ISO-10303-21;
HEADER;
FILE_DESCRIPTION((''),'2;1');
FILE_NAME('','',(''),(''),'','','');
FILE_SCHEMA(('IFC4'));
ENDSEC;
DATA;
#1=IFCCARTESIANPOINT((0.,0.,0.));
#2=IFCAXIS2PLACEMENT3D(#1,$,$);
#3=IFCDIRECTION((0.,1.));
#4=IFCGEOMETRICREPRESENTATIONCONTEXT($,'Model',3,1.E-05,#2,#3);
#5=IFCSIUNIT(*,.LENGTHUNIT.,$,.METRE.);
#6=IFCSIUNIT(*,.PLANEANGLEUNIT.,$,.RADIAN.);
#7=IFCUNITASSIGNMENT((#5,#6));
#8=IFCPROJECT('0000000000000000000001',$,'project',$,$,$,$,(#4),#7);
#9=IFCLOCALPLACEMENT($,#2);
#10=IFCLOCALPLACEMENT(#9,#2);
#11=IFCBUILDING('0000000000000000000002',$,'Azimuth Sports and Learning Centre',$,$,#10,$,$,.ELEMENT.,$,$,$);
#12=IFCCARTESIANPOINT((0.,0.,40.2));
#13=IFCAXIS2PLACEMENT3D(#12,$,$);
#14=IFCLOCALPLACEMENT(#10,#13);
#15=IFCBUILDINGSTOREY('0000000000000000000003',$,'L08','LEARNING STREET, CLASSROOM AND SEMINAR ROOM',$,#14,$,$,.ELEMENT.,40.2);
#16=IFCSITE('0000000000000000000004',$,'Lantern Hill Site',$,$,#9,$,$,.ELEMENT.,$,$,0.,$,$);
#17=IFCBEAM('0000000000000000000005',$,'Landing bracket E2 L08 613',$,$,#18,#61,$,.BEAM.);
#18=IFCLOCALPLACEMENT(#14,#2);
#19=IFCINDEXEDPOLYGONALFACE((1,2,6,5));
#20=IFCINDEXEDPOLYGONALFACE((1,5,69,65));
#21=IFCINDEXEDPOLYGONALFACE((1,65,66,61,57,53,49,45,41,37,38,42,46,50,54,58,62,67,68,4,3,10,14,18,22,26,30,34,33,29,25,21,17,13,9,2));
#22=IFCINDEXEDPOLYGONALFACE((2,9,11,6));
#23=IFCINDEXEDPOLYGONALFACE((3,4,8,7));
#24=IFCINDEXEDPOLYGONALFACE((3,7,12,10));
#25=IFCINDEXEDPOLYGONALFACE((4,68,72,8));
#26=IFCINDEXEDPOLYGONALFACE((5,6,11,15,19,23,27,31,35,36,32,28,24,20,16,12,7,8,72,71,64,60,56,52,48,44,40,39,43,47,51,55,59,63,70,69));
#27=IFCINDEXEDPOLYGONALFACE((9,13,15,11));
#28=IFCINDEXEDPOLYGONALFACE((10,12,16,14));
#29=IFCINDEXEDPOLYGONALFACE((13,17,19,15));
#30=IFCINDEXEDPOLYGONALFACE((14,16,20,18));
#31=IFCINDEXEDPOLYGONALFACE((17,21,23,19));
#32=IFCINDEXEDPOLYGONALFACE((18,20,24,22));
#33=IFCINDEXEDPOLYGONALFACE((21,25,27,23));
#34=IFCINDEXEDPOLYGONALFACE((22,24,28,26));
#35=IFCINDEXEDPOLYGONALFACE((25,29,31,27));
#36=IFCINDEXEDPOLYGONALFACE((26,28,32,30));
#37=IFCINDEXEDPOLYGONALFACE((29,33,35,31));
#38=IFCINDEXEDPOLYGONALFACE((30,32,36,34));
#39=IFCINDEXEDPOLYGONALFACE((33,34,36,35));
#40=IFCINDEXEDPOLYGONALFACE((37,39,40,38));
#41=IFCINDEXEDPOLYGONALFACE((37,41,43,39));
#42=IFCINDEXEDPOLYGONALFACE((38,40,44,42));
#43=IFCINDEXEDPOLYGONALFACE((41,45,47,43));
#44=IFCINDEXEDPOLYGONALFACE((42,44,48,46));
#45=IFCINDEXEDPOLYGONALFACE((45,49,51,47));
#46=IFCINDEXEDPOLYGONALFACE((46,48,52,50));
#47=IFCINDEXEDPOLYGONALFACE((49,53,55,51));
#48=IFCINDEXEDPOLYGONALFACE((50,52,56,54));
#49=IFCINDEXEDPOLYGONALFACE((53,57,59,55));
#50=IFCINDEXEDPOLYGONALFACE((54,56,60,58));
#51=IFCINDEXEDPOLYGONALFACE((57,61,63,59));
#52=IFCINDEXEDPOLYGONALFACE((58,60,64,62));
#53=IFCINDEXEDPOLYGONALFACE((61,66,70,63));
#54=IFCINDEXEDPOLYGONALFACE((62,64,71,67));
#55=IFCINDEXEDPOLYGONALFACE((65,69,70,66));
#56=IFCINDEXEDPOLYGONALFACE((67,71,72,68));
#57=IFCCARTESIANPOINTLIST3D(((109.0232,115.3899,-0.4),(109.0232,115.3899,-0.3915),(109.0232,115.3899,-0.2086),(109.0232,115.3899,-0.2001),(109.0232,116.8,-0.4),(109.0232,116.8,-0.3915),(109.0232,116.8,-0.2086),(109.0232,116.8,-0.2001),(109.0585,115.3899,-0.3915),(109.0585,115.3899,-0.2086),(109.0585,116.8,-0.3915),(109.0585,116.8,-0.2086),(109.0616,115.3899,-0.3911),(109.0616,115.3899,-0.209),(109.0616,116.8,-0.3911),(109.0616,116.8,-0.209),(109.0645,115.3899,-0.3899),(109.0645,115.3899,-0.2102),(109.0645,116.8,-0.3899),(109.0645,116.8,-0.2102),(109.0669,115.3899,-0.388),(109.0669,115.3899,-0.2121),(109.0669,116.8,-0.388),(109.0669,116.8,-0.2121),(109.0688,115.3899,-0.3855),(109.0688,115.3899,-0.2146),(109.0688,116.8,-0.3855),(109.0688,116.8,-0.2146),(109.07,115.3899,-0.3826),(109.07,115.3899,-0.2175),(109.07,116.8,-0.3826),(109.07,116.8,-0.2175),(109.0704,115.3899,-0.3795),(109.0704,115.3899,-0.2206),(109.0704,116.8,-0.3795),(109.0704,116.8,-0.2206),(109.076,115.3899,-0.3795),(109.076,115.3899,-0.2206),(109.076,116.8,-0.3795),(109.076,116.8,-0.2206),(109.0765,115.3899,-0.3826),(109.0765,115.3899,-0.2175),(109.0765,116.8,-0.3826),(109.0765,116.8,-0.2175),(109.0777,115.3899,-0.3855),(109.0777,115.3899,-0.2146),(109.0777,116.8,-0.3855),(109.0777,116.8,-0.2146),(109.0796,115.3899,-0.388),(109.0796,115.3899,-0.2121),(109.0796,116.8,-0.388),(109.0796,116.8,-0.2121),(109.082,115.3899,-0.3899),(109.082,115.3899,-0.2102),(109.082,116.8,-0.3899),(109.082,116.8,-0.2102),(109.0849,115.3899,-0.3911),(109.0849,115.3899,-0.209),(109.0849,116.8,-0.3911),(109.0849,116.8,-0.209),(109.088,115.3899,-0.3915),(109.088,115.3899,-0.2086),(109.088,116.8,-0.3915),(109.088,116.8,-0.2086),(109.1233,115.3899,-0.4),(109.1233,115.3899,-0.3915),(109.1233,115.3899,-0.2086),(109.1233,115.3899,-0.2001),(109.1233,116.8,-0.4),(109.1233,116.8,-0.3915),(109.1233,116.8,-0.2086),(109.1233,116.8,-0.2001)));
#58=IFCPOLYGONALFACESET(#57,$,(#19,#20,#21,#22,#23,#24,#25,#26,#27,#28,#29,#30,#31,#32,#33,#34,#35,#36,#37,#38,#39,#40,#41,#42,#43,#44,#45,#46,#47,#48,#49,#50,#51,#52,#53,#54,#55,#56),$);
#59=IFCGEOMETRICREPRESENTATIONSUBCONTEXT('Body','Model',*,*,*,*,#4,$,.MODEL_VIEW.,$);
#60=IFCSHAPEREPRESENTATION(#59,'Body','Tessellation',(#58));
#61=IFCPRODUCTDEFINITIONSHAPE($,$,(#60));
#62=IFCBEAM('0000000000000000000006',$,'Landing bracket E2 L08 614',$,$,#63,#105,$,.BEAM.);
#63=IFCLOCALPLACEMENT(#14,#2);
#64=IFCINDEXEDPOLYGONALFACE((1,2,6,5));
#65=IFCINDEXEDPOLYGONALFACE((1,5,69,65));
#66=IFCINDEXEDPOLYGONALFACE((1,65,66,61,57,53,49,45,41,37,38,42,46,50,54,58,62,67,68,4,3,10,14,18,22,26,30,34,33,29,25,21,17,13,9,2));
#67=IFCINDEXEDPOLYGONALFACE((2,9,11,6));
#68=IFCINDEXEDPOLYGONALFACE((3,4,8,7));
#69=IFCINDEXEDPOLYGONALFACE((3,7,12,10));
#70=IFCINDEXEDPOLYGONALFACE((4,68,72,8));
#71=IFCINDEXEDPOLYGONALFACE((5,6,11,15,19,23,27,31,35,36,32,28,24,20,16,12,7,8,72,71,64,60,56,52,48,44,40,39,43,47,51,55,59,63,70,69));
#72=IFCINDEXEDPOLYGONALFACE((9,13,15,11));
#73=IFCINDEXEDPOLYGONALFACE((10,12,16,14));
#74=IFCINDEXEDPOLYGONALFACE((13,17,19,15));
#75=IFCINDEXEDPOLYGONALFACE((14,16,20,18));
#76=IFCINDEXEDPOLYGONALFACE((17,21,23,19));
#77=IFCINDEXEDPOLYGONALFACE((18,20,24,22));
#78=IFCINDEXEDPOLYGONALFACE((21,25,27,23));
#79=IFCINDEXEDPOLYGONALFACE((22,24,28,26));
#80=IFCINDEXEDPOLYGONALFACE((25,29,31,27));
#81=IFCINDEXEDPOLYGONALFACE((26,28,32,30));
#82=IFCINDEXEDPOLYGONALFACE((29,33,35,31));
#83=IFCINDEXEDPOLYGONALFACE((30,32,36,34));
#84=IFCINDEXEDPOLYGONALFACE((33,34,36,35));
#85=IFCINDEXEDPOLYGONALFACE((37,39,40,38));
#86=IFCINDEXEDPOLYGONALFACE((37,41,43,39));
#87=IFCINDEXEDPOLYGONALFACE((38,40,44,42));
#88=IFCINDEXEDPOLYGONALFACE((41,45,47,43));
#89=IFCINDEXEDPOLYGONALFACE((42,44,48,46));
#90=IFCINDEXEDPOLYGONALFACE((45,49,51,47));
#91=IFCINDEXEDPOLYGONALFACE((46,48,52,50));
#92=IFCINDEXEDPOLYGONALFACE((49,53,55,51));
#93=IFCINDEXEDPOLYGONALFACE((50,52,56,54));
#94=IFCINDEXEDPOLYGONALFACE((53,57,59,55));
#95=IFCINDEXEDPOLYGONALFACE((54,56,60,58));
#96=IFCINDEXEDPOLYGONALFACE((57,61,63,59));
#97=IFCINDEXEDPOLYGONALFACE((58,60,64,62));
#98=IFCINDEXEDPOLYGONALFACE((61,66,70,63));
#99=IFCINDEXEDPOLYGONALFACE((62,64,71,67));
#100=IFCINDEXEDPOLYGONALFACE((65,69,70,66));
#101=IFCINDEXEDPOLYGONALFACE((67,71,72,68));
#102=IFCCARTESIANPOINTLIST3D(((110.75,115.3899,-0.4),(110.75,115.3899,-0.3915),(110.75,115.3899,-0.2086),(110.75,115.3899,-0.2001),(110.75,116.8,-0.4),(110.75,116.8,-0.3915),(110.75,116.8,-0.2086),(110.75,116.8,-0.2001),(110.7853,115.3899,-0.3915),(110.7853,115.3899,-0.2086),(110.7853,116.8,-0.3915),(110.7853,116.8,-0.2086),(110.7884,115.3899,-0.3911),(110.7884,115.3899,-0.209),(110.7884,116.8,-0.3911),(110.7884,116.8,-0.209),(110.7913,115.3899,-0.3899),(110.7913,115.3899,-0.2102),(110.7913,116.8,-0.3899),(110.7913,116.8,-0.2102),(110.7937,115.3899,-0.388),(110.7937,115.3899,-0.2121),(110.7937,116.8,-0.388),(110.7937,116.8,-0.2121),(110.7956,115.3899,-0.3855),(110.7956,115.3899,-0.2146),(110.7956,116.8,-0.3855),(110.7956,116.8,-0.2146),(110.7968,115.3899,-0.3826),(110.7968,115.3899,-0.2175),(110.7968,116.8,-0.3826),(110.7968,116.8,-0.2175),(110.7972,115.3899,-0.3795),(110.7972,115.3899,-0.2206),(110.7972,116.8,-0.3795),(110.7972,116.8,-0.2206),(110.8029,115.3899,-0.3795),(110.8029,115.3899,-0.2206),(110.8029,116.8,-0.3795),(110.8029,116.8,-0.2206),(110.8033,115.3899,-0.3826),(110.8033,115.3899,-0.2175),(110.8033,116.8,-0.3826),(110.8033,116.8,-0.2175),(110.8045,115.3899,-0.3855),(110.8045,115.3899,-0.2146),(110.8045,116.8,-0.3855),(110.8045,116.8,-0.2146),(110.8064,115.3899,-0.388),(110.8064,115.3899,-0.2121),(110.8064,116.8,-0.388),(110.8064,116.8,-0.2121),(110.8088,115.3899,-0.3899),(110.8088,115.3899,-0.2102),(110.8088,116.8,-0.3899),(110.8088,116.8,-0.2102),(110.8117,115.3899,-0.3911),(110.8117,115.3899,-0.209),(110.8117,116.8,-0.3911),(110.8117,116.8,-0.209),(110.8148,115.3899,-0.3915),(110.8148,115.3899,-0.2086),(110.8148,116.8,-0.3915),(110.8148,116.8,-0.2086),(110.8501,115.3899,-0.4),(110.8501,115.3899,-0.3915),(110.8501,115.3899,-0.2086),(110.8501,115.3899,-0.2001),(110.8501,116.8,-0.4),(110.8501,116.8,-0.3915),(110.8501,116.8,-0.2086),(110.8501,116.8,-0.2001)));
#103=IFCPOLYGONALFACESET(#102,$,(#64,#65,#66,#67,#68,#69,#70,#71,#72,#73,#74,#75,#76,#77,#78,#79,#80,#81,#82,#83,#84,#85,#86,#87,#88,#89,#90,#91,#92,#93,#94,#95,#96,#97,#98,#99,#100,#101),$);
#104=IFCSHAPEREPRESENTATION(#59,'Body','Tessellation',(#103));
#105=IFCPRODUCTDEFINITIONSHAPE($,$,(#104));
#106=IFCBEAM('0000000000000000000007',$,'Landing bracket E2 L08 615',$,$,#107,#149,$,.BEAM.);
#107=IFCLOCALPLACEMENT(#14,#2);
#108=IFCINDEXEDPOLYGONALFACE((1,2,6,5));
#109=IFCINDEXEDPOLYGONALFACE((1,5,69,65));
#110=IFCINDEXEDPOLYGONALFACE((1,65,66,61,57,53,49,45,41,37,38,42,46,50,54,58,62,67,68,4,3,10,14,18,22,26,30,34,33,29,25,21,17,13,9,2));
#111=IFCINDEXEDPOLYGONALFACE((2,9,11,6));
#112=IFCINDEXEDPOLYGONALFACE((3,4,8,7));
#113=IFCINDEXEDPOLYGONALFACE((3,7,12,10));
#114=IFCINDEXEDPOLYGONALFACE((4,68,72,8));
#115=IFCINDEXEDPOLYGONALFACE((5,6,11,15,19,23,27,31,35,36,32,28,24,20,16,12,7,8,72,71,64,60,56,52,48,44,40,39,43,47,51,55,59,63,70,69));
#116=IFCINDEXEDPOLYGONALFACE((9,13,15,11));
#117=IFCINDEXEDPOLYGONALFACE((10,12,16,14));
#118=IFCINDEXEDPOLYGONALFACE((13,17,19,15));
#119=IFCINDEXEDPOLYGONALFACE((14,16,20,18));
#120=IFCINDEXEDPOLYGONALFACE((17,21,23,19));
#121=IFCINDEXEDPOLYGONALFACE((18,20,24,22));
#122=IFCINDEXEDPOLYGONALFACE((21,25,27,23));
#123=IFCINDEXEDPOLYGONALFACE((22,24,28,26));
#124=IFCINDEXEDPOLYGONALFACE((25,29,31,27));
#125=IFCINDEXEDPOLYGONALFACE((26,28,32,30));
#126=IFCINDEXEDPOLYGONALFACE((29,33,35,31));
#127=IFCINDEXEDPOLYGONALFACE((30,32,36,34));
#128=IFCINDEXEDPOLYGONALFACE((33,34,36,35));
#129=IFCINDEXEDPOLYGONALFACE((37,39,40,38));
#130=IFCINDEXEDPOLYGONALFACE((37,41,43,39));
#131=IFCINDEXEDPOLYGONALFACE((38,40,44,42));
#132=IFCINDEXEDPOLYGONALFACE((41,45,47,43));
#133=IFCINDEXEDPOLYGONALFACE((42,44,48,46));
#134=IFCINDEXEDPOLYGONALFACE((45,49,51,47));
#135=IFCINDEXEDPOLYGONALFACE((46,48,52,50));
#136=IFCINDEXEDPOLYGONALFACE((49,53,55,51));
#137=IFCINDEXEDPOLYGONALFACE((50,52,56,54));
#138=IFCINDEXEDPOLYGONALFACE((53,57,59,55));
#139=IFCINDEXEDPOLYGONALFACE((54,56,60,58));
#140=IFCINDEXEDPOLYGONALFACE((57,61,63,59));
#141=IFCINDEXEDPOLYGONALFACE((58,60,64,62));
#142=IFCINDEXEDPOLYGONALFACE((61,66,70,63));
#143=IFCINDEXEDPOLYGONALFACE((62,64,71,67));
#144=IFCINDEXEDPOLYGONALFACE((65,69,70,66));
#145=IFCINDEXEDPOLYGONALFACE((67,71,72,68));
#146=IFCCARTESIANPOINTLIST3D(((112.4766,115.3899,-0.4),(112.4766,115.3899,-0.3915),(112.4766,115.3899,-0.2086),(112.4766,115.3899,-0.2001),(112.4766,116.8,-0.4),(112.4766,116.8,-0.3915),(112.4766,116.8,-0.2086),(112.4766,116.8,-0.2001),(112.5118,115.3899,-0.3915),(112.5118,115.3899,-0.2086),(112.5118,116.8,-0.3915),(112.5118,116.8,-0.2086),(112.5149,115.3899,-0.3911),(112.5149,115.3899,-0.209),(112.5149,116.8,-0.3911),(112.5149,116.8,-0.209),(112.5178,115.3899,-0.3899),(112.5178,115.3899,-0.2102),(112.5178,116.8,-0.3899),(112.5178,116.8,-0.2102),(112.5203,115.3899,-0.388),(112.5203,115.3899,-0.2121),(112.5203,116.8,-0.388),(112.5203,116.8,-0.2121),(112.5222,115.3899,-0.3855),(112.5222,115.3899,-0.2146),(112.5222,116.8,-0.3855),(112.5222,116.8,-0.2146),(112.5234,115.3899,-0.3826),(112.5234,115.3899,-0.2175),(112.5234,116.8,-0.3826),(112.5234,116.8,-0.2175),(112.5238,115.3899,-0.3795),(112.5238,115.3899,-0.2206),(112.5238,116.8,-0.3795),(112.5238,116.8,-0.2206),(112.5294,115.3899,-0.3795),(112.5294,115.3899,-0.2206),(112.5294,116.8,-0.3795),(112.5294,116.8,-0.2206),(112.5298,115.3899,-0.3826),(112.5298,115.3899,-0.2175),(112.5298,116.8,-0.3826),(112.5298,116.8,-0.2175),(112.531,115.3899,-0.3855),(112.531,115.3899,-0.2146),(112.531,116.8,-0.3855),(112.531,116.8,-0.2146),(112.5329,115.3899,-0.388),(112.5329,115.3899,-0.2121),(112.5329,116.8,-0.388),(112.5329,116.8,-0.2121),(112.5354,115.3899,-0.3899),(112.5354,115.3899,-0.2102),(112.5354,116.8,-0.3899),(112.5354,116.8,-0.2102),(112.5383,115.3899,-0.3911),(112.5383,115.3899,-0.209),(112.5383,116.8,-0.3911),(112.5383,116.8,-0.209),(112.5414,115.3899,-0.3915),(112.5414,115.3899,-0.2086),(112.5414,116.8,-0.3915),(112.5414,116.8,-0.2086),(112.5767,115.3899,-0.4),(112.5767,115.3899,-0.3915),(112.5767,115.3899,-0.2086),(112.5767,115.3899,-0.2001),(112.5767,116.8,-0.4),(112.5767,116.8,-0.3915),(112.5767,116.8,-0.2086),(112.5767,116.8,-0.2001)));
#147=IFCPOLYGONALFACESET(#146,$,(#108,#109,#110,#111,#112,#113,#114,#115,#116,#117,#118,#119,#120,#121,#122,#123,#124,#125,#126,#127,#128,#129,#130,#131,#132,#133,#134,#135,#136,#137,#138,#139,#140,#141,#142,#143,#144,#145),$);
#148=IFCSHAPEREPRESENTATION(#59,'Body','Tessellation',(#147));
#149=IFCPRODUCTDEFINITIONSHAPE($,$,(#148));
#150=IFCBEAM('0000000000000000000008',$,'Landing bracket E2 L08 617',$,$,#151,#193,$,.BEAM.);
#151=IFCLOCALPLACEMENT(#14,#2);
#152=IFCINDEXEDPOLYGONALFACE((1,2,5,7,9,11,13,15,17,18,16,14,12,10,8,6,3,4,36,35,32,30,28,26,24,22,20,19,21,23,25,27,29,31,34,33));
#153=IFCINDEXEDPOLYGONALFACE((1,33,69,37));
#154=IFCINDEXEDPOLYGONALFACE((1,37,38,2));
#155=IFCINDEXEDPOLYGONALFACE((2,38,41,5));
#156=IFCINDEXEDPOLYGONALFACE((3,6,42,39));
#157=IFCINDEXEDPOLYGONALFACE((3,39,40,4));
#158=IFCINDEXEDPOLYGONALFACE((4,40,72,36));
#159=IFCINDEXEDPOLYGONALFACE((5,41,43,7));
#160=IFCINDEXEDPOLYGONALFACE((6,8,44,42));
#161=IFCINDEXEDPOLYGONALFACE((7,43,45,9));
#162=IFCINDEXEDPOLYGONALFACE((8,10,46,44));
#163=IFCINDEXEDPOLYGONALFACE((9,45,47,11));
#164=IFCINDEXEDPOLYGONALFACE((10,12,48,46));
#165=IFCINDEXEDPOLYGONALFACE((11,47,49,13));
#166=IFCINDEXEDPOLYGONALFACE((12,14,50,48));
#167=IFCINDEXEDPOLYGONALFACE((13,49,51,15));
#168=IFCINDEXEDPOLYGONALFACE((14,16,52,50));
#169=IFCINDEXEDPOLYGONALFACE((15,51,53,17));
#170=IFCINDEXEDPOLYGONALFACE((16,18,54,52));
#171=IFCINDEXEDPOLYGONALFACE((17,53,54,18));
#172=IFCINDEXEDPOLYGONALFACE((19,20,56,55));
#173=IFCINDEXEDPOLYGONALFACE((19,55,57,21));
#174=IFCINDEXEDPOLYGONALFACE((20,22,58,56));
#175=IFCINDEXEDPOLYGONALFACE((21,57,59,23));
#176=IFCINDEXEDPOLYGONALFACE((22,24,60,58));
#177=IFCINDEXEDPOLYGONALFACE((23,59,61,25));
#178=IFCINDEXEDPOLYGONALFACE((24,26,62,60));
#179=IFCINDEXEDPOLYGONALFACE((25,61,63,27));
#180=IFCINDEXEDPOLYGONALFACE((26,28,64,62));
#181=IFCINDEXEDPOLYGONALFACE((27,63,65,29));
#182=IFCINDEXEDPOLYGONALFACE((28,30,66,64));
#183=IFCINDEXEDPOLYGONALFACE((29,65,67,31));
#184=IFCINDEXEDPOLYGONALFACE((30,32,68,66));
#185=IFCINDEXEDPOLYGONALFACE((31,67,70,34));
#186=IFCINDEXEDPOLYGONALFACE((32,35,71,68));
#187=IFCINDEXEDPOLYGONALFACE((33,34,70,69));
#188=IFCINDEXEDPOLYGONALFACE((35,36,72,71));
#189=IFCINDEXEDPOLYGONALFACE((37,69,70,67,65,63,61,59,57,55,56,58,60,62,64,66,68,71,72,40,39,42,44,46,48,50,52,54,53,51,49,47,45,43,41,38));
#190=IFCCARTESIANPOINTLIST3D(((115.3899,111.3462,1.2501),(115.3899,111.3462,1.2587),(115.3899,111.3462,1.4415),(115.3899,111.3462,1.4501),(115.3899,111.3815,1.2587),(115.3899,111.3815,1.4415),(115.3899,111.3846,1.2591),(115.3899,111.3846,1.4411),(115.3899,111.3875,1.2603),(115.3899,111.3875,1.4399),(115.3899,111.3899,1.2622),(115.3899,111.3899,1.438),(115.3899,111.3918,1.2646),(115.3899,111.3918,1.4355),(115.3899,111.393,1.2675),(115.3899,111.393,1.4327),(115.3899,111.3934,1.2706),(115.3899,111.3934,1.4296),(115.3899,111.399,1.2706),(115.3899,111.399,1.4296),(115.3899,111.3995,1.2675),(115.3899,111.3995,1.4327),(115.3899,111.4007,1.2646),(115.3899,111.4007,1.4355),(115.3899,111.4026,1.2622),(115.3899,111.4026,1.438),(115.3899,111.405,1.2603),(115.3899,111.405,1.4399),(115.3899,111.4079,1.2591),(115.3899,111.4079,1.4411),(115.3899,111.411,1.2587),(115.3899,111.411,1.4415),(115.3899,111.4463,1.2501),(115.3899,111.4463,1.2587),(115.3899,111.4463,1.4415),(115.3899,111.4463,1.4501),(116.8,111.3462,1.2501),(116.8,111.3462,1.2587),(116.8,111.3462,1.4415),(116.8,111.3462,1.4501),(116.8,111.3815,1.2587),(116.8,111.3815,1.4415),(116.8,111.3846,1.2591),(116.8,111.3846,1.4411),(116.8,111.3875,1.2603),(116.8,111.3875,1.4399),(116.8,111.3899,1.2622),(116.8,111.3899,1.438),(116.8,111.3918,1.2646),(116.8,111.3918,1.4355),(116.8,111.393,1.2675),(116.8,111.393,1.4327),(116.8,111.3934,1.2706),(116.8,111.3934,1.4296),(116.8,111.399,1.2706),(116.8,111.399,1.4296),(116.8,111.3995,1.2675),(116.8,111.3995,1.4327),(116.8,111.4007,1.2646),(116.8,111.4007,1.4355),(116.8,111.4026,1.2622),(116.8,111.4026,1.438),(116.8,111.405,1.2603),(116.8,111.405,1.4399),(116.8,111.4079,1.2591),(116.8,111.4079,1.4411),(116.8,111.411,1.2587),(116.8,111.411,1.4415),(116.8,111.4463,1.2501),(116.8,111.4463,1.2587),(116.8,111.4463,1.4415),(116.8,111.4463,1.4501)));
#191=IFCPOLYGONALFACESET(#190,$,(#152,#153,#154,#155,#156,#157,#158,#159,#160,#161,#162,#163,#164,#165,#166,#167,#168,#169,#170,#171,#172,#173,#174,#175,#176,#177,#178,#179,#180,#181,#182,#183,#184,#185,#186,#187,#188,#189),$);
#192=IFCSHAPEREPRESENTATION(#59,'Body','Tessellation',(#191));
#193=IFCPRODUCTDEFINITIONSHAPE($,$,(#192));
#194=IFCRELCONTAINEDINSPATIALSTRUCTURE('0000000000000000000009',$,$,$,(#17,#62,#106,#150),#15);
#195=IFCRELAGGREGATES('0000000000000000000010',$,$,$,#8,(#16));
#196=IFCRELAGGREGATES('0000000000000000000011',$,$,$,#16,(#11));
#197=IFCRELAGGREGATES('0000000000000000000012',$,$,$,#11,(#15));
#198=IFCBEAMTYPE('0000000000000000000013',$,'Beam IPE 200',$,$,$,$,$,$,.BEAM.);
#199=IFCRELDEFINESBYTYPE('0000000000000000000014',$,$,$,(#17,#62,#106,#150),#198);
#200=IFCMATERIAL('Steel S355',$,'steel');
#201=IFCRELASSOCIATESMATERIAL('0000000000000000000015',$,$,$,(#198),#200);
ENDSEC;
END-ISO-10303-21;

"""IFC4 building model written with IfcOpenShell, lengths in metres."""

from ifc_helpers import new_model, si_unit, direction, frame, origin, origin_2d, place, context, subcontext, project, spatial, i_section, extrude, material, material_profile, profile_set, type_object, element, save


model = new_model("IFC4")

# Units and contexts
model_context = context("Model", 3, precision=1e-05, world=origin(), true_north=direction((0.0, 1.0)))
body_context = subcontext(model_context, "Body", "Model", "MODEL_VIEW")
ifc_project = project(units=[si_unit("LENGTHUNIT", "METRE"), si_unit("PLANEANGLEUNIT", "RADIAN")], contexts=[model_context])

# Site, building, storey
site_placement = place(None, origin())
site = spatial("IfcSite", under=ifc_project, at=site_placement, Name="Lantern Hill Site", CompositionType="ELEMENT", RefElevation=0.0)
building_placement = place(site_placement, origin())
building = spatial("IfcBuilding", under=site, at=building_placement, Name="Azimuth Sports and Learning Centre", CompositionType="ELEMENT")
storey_placement = place(building_placement, frame((0.0, 0.0, 40.2)))
storey = spatial("IfcBuildingStorey", under=building, at=storey_placement, Name="L08", Description="LEARNING STREET, CLASSROOM AND SEMINAR ROOM", CompositionType="ELEMENT", Elevation=40.2)

# Beams
ifc_material_1 = material(Name="Steel S355", Category="steel")
ifc_material_profile_1 = material_profile(ifc_material_1, i_section(OverallWidth=0.1001, OverallDepth=0.2, WebThickness=0.0056, FlangeThickness=0.0085, FilletRadius=0.012, at=origin_2d()), Name="IPE 200")
ifc_profile_set_1 = profile_set([ifc_material_profile_1], Name="Steel S355")
beam_type_1 = type_object("IfcBeamType", Name="Beam IPE 200", PredefinedType="BEAM", material=ifc_profile_set_1)
for number, where, z_axis, x_axis, name in (
    (1, (109.0732, 116.8, -0.3), (0.0, -1.0, 0.0), (1.0, 0.0, 0.0), "Landing bracket E2 L08 613"),
    (2, (110.8, 116.8, -0.3), (0.0, -1.0, 0.0), (1.0, 0.0, 0.0), "Landing bracket E2 L08 614"),
    (3, (112.5266, 116.8, -0.3), (0.0, -1.0, 0.0), (1.0, 0.0, 0.0), "Landing bracket E2 L08 615"),
    (4, (116.8, 111.3962, 1.3501), (-1.0, 0.0, 0.0), (0.0, -1.0, 0.0), "Landing bracket E2 L08 617"),
):
    element("IfcBeam", number, at=place(storey_placement, frame(where, z_axis=z_axis, x_axis=x_axis)), inside=storey, type_object=beam_type_1, Name=name, PredefinedType="BEAM", context=body_context, shape_type="SweptSolid", body=[
        extrude(i_section(OverallWidth=0.1001, OverallDepth=0.2, WebThickness=0.0056, FlangeThickness=0.0085, FilletRadius=0.012, at=origin_2d()), origin(), (0.0, 0.0, 1.0), 1.4102),
    ])

save(model, "model.ifc")
